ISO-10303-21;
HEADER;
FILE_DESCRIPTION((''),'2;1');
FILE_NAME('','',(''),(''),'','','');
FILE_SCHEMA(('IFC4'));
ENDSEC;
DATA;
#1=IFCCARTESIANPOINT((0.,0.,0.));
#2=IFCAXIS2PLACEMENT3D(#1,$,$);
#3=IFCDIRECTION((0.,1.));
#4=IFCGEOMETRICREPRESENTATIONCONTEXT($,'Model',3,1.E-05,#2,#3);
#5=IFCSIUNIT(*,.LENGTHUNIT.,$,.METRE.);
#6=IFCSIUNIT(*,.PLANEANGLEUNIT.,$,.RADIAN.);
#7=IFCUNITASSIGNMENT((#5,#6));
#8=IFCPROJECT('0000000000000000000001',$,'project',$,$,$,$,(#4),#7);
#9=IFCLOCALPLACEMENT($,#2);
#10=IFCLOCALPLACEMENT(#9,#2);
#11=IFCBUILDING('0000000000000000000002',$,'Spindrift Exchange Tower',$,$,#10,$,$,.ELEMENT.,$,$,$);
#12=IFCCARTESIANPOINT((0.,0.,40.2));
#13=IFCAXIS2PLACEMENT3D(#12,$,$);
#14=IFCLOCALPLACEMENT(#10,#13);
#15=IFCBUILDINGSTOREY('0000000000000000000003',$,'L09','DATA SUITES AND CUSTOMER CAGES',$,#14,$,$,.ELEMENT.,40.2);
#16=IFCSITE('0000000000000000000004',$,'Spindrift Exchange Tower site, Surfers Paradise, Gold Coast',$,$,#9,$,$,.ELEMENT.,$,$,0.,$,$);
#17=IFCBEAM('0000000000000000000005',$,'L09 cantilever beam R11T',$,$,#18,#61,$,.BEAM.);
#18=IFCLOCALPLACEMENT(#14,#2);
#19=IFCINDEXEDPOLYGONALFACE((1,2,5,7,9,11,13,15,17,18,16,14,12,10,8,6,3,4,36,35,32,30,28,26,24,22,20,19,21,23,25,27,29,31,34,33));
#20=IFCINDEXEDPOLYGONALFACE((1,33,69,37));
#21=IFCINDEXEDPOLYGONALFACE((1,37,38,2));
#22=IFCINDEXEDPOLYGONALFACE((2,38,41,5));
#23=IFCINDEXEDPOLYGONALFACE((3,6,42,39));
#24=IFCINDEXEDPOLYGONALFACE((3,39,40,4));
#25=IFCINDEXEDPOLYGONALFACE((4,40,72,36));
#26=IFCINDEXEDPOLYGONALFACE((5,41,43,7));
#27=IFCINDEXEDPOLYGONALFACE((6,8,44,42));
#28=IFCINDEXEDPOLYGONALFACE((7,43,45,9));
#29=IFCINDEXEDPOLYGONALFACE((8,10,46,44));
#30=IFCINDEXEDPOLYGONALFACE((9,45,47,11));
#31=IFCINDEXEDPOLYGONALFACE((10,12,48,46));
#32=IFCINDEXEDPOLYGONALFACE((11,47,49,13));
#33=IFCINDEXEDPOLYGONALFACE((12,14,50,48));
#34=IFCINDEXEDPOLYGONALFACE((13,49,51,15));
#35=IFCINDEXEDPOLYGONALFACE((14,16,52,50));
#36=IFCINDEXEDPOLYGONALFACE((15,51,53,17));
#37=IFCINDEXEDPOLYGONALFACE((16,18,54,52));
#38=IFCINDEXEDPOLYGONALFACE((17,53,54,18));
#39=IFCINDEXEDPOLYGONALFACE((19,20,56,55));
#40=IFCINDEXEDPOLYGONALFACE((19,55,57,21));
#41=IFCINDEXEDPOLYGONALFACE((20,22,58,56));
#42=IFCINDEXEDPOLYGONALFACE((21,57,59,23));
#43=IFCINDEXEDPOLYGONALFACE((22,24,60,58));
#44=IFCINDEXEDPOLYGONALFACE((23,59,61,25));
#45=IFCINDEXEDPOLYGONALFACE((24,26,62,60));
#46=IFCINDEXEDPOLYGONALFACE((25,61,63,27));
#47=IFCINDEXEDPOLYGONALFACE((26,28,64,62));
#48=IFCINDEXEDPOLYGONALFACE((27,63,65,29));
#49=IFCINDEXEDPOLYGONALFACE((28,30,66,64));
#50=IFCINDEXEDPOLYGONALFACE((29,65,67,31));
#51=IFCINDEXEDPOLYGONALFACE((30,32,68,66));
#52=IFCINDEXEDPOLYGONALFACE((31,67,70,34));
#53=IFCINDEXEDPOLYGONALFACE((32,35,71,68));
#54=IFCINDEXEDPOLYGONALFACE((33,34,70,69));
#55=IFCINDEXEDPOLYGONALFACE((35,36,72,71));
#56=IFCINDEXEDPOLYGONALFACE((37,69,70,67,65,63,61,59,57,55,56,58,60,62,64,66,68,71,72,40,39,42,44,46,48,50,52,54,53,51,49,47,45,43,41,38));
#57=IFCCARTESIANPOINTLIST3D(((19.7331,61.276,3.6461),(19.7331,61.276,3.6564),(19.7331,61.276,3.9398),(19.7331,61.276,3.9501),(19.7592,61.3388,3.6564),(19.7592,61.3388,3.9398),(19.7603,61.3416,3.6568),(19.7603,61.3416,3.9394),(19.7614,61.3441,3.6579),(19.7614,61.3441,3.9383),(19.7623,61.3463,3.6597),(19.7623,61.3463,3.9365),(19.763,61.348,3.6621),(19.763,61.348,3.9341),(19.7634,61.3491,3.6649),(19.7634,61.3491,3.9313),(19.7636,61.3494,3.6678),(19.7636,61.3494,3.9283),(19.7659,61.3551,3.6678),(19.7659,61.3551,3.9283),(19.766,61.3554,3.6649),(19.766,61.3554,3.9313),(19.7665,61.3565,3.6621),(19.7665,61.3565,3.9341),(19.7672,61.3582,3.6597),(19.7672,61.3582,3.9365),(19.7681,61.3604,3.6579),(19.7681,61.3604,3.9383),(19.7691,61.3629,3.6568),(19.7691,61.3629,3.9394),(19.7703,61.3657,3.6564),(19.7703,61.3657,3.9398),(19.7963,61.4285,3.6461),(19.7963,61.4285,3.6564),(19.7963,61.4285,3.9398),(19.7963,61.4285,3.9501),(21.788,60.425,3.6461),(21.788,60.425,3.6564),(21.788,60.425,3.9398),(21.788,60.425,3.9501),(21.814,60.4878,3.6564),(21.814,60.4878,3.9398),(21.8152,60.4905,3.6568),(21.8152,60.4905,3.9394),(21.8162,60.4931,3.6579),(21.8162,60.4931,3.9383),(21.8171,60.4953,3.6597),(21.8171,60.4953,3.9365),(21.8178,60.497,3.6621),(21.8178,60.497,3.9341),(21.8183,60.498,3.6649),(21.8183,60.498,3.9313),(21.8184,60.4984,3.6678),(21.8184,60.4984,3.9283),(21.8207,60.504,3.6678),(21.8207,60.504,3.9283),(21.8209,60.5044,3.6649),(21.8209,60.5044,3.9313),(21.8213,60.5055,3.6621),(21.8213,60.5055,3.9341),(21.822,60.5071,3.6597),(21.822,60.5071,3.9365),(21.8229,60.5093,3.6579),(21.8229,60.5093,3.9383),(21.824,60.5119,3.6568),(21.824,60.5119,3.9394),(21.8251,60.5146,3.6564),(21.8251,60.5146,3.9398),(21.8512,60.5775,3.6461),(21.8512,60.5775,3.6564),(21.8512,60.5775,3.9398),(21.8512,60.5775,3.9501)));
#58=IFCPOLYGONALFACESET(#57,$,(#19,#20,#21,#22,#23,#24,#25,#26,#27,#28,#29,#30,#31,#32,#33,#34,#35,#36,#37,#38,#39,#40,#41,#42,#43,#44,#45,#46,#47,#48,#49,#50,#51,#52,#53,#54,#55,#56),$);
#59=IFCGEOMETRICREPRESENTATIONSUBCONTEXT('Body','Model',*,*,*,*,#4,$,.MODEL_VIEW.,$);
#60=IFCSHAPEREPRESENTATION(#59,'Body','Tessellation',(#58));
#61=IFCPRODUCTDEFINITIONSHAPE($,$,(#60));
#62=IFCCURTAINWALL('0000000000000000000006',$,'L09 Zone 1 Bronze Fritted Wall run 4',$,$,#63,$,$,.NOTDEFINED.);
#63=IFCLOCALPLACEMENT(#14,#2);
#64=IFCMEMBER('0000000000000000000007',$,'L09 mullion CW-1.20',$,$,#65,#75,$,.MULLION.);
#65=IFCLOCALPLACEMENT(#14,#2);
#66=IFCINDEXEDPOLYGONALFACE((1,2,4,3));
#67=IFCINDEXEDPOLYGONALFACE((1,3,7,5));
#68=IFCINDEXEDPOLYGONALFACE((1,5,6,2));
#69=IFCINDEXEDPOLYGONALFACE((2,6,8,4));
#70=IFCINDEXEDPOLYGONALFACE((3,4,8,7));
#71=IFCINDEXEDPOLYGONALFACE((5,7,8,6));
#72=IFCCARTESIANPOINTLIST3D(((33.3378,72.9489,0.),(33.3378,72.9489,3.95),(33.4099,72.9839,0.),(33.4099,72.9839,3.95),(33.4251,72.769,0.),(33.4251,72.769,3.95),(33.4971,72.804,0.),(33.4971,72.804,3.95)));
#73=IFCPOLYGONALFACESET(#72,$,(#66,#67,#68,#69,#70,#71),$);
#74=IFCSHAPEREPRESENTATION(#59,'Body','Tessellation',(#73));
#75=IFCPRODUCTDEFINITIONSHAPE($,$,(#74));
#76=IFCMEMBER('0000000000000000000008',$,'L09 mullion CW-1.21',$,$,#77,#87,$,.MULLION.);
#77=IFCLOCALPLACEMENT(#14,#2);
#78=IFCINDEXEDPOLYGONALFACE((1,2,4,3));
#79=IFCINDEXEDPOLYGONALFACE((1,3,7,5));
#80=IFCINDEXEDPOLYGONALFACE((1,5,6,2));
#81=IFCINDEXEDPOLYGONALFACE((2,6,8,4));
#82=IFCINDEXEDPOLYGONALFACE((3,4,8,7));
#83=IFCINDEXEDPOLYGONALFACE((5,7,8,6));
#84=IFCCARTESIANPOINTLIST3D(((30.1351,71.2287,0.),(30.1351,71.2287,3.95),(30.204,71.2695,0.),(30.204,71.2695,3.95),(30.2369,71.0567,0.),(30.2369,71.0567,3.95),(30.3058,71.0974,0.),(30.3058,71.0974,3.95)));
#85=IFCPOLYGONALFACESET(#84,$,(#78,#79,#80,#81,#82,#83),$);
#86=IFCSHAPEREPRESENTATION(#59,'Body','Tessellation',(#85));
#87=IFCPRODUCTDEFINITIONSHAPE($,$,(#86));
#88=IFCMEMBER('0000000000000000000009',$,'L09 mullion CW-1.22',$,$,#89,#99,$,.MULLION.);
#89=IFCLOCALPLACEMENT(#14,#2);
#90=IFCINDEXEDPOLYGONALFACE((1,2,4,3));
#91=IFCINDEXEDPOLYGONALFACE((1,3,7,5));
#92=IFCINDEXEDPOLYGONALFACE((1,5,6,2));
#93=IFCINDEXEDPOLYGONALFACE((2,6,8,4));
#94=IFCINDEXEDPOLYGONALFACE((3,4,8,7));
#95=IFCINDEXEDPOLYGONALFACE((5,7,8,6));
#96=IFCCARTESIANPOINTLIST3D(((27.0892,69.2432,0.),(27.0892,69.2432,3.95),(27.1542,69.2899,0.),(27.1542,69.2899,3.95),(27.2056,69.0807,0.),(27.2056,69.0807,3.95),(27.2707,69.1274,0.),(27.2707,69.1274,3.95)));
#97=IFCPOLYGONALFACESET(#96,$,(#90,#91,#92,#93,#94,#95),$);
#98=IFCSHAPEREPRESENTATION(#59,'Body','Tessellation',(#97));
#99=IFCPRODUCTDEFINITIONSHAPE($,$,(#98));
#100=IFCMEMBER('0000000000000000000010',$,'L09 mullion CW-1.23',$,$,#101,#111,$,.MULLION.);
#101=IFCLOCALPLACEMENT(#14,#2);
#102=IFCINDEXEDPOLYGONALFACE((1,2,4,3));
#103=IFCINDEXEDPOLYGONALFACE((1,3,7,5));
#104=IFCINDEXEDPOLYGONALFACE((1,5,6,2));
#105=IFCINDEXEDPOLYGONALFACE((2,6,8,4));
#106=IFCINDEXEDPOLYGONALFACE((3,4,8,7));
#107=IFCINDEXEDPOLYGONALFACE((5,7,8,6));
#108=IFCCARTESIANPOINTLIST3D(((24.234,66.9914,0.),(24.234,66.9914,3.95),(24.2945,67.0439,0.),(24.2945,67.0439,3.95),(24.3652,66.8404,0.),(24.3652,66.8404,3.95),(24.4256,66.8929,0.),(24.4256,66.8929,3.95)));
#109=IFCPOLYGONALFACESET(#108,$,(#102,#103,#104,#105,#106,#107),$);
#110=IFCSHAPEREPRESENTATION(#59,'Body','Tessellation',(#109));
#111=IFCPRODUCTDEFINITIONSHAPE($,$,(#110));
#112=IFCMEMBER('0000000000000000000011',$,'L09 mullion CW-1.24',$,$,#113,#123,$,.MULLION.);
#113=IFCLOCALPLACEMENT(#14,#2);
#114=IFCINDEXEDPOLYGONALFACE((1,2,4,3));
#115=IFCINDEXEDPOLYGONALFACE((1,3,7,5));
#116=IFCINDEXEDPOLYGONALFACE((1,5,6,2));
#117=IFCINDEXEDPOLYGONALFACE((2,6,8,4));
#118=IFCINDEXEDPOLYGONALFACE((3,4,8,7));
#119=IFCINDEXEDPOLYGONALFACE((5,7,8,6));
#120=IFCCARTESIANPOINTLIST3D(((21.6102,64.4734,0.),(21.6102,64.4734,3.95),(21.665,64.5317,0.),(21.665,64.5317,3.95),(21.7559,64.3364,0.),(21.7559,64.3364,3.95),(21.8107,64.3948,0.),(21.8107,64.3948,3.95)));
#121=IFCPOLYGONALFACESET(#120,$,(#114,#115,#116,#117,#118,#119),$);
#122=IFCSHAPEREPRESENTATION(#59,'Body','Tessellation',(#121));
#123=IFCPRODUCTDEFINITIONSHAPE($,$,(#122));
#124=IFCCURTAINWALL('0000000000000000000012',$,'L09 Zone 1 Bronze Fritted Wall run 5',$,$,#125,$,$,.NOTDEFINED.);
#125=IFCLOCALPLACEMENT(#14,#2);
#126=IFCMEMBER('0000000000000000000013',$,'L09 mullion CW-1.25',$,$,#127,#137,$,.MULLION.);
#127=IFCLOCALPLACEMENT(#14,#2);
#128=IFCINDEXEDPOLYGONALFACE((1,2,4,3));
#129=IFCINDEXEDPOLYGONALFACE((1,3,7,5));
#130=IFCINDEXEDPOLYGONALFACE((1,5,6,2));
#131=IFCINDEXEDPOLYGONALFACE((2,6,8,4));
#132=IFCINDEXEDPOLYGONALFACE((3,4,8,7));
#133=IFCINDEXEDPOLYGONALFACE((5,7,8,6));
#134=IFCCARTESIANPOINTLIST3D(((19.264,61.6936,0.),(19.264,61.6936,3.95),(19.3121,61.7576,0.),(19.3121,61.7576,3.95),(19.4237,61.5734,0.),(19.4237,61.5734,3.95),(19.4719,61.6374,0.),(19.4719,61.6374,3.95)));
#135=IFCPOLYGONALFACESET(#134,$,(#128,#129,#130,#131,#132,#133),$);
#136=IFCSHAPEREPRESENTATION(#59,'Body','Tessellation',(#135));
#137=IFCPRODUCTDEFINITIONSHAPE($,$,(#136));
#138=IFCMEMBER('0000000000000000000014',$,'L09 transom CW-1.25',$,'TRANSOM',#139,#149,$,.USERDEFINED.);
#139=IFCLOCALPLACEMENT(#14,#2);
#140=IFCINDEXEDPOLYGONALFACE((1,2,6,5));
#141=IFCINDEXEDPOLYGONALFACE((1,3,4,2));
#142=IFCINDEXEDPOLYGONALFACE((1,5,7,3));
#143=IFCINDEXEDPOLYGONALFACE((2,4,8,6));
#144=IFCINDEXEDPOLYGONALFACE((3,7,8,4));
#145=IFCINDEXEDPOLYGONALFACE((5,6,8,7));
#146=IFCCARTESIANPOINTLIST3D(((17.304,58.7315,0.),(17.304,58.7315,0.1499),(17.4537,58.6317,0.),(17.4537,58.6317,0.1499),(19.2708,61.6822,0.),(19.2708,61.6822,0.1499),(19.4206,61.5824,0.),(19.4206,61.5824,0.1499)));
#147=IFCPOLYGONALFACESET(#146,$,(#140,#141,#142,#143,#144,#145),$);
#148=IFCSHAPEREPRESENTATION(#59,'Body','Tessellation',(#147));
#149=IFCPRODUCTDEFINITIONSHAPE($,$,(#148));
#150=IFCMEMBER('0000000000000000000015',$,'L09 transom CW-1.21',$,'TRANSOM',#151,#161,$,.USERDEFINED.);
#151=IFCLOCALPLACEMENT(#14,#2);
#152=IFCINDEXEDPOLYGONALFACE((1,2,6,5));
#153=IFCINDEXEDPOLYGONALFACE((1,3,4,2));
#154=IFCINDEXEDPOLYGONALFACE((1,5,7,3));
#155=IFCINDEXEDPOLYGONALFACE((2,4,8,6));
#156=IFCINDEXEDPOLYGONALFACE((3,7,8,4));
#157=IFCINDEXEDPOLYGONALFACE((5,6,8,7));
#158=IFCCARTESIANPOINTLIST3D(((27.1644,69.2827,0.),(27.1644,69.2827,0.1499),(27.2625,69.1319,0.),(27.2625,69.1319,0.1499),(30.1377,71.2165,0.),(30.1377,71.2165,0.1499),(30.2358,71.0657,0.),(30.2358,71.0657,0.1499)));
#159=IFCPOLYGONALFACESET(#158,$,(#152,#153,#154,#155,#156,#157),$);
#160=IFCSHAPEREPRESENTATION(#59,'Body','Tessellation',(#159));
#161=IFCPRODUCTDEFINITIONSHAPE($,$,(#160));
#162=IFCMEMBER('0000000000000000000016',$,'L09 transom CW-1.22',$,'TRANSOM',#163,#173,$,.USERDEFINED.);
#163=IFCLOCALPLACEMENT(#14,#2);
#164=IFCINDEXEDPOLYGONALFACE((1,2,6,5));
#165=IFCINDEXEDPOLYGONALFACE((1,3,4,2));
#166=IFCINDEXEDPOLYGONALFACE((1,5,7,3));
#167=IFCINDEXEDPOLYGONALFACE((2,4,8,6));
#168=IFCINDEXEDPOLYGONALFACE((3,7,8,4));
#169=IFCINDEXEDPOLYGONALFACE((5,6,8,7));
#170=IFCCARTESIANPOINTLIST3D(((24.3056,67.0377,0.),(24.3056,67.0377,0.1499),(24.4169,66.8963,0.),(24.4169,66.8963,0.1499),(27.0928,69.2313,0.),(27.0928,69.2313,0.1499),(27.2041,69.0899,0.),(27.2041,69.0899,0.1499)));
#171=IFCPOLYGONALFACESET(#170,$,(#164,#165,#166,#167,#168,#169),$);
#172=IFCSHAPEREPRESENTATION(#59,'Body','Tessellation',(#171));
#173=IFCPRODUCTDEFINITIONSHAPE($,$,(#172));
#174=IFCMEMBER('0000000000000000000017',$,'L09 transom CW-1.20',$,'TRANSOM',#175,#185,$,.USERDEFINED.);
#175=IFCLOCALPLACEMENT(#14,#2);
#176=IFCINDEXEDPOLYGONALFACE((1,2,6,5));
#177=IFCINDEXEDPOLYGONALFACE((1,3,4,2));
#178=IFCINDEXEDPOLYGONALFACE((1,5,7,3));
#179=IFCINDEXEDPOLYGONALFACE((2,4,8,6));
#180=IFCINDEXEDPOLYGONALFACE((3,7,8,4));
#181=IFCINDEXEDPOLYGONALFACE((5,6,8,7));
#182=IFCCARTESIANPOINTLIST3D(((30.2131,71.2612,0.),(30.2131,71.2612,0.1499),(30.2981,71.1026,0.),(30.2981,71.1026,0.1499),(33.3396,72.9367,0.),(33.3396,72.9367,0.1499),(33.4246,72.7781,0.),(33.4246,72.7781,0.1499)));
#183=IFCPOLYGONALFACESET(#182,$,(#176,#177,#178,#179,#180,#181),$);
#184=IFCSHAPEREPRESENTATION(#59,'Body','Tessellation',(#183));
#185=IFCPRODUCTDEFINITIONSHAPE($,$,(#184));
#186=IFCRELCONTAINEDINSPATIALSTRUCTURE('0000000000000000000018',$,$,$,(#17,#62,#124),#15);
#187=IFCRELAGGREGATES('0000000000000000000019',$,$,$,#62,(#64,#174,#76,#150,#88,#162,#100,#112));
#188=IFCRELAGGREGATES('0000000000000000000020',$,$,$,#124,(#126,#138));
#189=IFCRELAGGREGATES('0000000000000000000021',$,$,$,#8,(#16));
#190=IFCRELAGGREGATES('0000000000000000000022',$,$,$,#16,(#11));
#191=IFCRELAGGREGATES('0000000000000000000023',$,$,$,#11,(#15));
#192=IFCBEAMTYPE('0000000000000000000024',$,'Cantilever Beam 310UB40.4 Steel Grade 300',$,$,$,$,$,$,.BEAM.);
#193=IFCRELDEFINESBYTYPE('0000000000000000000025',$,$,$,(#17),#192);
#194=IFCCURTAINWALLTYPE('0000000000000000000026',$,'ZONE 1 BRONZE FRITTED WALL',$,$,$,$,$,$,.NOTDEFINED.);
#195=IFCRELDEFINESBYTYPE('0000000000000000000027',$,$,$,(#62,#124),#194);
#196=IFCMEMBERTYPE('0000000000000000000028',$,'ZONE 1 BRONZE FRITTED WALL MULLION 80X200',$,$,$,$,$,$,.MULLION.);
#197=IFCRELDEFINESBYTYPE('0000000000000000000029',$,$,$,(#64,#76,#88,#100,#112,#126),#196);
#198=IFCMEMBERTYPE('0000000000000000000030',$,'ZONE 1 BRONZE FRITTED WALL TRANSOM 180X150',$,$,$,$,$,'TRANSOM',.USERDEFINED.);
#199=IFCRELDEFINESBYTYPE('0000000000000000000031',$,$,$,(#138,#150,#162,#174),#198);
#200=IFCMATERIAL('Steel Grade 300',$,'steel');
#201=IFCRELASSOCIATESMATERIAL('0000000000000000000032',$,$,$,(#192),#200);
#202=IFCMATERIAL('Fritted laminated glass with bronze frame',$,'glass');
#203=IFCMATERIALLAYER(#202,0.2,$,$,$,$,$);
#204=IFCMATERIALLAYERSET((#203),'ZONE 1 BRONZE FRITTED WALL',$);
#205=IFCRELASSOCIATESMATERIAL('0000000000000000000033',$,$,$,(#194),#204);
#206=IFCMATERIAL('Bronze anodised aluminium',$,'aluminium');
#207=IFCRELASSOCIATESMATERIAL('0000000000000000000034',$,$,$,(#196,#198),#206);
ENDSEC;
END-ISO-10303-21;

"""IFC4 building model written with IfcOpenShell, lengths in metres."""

from ifc_helpers import new_model, si_unit, direction, frame, origin, origin_2d, place, context, subcontext, project, spatial, rectangle, i_section, extrude, source, transform, mapped, material, layer, layer_set, material_profile, profile_set, type_object, element, aggregate, save


model = new_model("IFC4")

# Units and contexts
model_context = context("Model", 3, precision=1e-05, world=origin(), true_north=direction((0.0, 1.0)))
body_context = subcontext(model_context, "Body", "Model", "MODEL_VIEW")
ifc_project = project(units=[si_unit("LENGTHUNIT", "METRE"), si_unit("PLANEANGLEUNIT", "RADIAN")], contexts=[model_context])

# Site, building, storey
site_placement = place(None, origin())
site = spatial("IfcSite", under=ifc_project, at=site_placement, Name="Spindrift Exchange Tower site, Surfers Paradise, Gold Coast", CompositionType="ELEMENT", RefElevation=0.0)
building_placement = place(site_placement, origin())
building = spatial("IfcBuilding", under=site, at=building_placement, Name="Spindrift Exchange Tower", CompositionType="ELEMENT")
storey_placement = place(building_placement, frame((0.0, 0.0, 40.2)))
storey = spatial("IfcBuildingStorey", under=building, at=storey_placement, Name="L09", Description="DATA SUITES AND CUSTOMER CAGES", CompositionType="ELEMENT", Elevation=40.2)

# Beam
ifc_material_1 = material(Name="Steel Grade 300", Category="steel")
ifc_material_profile_1 = material_profile(ifc_material_1, i_section(OverallWidth=0.165, OverallDepth=0.304, WebThickness=0.0061, FlangeThickness=0.0103, FilletRadius=0.0115, at=origin_2d()), Name="310UB40.4")
ifc_profile_set_1 = profile_set([ifc_material_profile_1], Name="Steel Grade 300")
beam_type_1 = type_object("IfcBeamType", Name="Cantilever Beam 310UB40.4 Steel Grade 300", PredefinedType="BEAM", material=ifc_profile_set_1)
shared_shape_1 = source(origin(), body_context, "Body", "SweptSolid", [
    extrude(i_section(OverallWidth=0.165, OverallDepth=0.304, WebThickness=0.0061, FlangeThickness=0.0103, FilletRadius=0.0115, at=origin_2d()), origin(), (0.0, 0.0, 1.0), 2.2241),
])
beam_1_placement = place(storey_placement, frame((21.8196, 60.5012, 3.7981), z_axis=(-0.923896, 0.382643, 0.0), x_axis=(-0.382643, -0.923896, 0.0)))
element("IfcBeam", 1, at=beam_1_placement, inside=storey, type_object=beam_type_1, Name="L09 cantilever beam R11T", PredefinedType="BEAM", context=body_context, shape_type="MappedRepresentation", body=[
    mapped(shared_shape_1, transform((0.0, 0.0, 0.0), scale=1.0)),
])

# Curtain walls, members
ifc_material_2 = material(Name="Fritted laminated glass with bronze frame", Category="glass")
ifc_layer_1 = layer(ifc_material_2, 0.2)
ifc_layer_set_1 = layer_set([ifc_layer_1], Name="ZONE 1 BRONZE FRITTED WALL")
curtain_wall_type = type_object("IfcCurtainWallType", Name="ZONE 1 BRONZE FRITTED WALL", PredefinedType="NOTDEFINED", material=ifc_layer_set_1)
curtain_wall_1_placement = place(storey_placement, origin())
curtain_wall_1 = element("IfcCurtainWall", 2, at=curtain_wall_1_placement, inside=storey, type_object=curtain_wall_type, Name="L09 Zone 1 Bronze Fritted Wall run 4", PredefinedType="NOTDEFINED")
ifc_material_3 = material(Name="Bronze anodised aluminium", Category="aluminium")
ifc_material_profile_2 = material_profile(ifc_material_3, rectangle(XDim=0.0801, YDim=0.2, at=origin_2d()), Name="ZONE 1 BRONZE FRITTED WALL MULLION 80X200")
ifc_profile_set_2 = profile_set([ifc_material_profile_2], Name="Bronze anodised aluminium")
member_type_1 = type_object("IfcMemberType", Name="ZONE 1 BRONZE FRITTED WALL MULLION 80X200", PredefinedType="MULLION", material=ifc_profile_set_2)
shared_shape_2 = source(origin(), body_context, "Body", "SweptSolid", [
    extrude(rectangle(XDim=0.0801, YDim=0.2, at=origin_2d()), origin(), (0.0, 0.0, 1.0), 3.95),
])
member_1_placement = place(storey_placement, frame((33.4175, 72.8765, 0.0), z_axis=(0.0, 0.0, 1.0), x_axis=(-0.899678, -0.436554, 0.0)))
member_1 = element("IfcMember", 3, at=member_1_placement, type_object=member_type_1, Name="L09 mullion CW-1.20", PredefinedType="MULLION", context=body_context, shape_type="MappedRepresentation", body=[
    mapped(shared_shape_2, transform((0.0, 0.0, 0.0), scale=1.0)),
])
member_2_placement = place(storey_placement, frame((30.2205, 71.1631, 0.0), z_axis=(0.0, 0.0, 1.0), x_axis=(-0.860611, -0.509262, 0.0)))
member_2 = element("IfcMember", 4, at=member_2_placement, type_object=member_type_1, Name="L09 mullion CW-1.21", PredefinedType="MULLION", context=body_context, shape_type="MappedRepresentation", body=[
    mapped(shared_shape_2, transform((0.0, 0.0, 0.0), scale=1.0)),
])
member_3_placement = place(storey_placement, frame((27.1799, 69.1853, 0.0), z_axis=(0.0, 0.0, 1.0), x_axis=(-0.812864, -0.582454, 0.0)))
member_3 = element("IfcMember", 5, at=member_3_placement, type_object=member_type_1, Name="L09 mullion CW-1.22", PredefinedType="MULLION", context=body_context, shape_type="MappedRepresentation", body=[
    mapped(shared_shape_2, transform((0.0, 0.0, 0.0), scale=1.0)),
])
member_4_placement = place(storey_placement, frame((24.3298, 66.9421, 0.0), z_axis=(0.0, 0.0, 1.0), x_axis=(-0.754925, -0.655811, 0.0)))
member_4 = element("IfcMember", 6, at=member_4_placement, type_object=member_type_1, Name="L09 mullion CW-1.23", PredefinedType="MULLION", context=body_context, shape_type="MappedRepresentation", body=[
    mapped(shared_shape_2, transform((0.0, 0.0, 0.0), scale=1.0)),
])
member_5_placement = place(storey_placement, frame((21.7104, 64.4341, 0.0), z_axis=(0.0, 0.0, 1.0), x_axis=(-0.685048, -0.728498, 0.0)))
member_5 = element("IfcMember", 7, at=member_5_placement, type_object=member_type_1, Name="L09 mullion CW-1.24", PredefinedType="MULLION", context=body_context, shape_type="MappedRepresentation", body=[
    mapped(shared_shape_2, transform((0.0, 0.0, 0.0), scale=1.0)),
])
curtain_wall_2_placement = place(storey_placement, origin())
curtain_wall_2 = element("IfcCurtainWall", 8, at=curtain_wall_2_placement, inside=storey, type_object=curtain_wall_type, Name="L09 Zone 1 Bronze Fritted Wall run 5", PredefinedType="NOTDEFINED")
member_6_placement = place(storey_placement, frame((19.3679, 61.6655, 0.0), z_axis=(0.0, 0.0, 1.0), x_axis=(-0.60127, -0.799046, 0.0)))
member_6 = element("IfcMember", 9, at=member_6_placement, type_object=member_type_1, Name="L09 mullion CW-1.25", PredefinedType="MULLION", context=body_context, shape_type="MappedRepresentation", body=[
    mapped(shared_shape_2, transform((0.0, 0.0, 0.0), scale=1.0)),
])
ifc_material_profile_3 = material_profile(ifc_material_3, rectangle(XDim=0.1799, YDim=0.1499, at=origin_2d()), Name="ZONE 1 BRONZE FRITTED WALL TRANSOM 180X150")
ifc_profile_set_3 = profile_set([ifc_material_profile_3], Name="Bronze anodised aluminium")
member_type_2 = type_object("IfcMemberType", Name="ZONE 1 BRONZE FRITTED WALL TRANSOM 180X150", ElementType="TRANSOM", PredefinedType="USERDEFINED", material=ifc_profile_set_3)
shared_shape_3 = source(origin(), body_context, "Body", "SweptSolid", [
    extrude(rectangle(XDim=0.1799, YDim=0.1499, at=origin_2d()), origin(), (0.0, 0.0, 1.0), 3.5461),
])
member_7_placement = place(storey_placement, frame((19.3457, 61.6323, 0.075), z_axis=(-0.554637, -0.832093, 0.0), x_axis=(0.832093, -0.554637, 0.0)))
member_7 = element("IfcMember", 10, at=member_7_placement, type_object=member_type_2, Name="L09 transom CW-1.25", ObjectType="TRANSOM", PredefinedType="USERDEFINED", context=body_context, shape_type="MappedRepresentation", body=[
    mapped(shared_shape_3, transform((0.0, 0.0, 0.0), scale=1.0)),
])

# Members
shared_shape_4 = source(origin(), body_context, "Body", "SweptSolid", [
    extrude(rectangle(XDim=0.1799, YDim=0.1499, at=origin_2d()), origin(), (0.0, 0.0, 1.0), 3.5469),
])
member_8_placement = place(storey_placement, frame((30.1868, 71.1411, 0.075), z_axis=(-0.838297, -0.545213, 0.0), x_axis=(0.545213, -0.838297, 0.0)))
member_8 = element("IfcMember", 11, at=member_8_placement, type_object=member_type_2, Name="L09 transom CW-1.21", ObjectType="TRANSOM", PredefinedType="USERDEFINED", context=body_context, shape_type="MappedRepresentation", body=[
    mapped(shared_shape_4, transform((0.0, 0.0, 0.0), scale=1.0)),
])
member_9_placement = place(storey_placement, frame((27.1484, 69.1606, 0.075), z_axis=(-0.785807, -0.618472, 0.0), x_axis=(0.618472, -0.785807, 0.0)))
member_9 = element("IfcMember", 12, at=member_9_placement, type_object=member_type_2, Name="L09 transom CW-1.22", ObjectType="TRANSOM", PredefinedType="USERDEFINED", context=body_context, shape_type="MappedRepresentation", body=[
    mapped(shared_shape_4, transform((0.0, 0.0, 0.0), scale=1.0)),
])
shared_shape_5 = source(origin(), body_context, "Body", "SweptSolid", [
    extrude(rectangle(XDim=0.1799, YDim=0.1499, at=origin_2d()), origin(), (0.0, 0.0, 1.0), 3.5471),
])
member_10_placement = place(storey_placement, frame((33.3821, 72.8574, 0.075), z_axis=(-0.881404, -0.472363, 0.0), x_axis=(0.472363, -0.881404, 0.0)))
member_10 = element("IfcMember", 13, at=member_10_placement, type_object=member_type_2, Name="L09 transom CW-1.20", ObjectType="TRANSOM", PredefinedType="USERDEFINED", context=body_context, shape_type="MappedRepresentation", body=[
    mapped(shared_shape_5, transform((0.0, 0.0, 0.0), scale=1.0)),
])

aggregate(curtain_wall_1, [member_1, member_10, member_2, member_8, member_3, member_9, member_4, member_5])
aggregate(curtain_wall_2, [member_6, member_7])

save(model, "model.ifc")
